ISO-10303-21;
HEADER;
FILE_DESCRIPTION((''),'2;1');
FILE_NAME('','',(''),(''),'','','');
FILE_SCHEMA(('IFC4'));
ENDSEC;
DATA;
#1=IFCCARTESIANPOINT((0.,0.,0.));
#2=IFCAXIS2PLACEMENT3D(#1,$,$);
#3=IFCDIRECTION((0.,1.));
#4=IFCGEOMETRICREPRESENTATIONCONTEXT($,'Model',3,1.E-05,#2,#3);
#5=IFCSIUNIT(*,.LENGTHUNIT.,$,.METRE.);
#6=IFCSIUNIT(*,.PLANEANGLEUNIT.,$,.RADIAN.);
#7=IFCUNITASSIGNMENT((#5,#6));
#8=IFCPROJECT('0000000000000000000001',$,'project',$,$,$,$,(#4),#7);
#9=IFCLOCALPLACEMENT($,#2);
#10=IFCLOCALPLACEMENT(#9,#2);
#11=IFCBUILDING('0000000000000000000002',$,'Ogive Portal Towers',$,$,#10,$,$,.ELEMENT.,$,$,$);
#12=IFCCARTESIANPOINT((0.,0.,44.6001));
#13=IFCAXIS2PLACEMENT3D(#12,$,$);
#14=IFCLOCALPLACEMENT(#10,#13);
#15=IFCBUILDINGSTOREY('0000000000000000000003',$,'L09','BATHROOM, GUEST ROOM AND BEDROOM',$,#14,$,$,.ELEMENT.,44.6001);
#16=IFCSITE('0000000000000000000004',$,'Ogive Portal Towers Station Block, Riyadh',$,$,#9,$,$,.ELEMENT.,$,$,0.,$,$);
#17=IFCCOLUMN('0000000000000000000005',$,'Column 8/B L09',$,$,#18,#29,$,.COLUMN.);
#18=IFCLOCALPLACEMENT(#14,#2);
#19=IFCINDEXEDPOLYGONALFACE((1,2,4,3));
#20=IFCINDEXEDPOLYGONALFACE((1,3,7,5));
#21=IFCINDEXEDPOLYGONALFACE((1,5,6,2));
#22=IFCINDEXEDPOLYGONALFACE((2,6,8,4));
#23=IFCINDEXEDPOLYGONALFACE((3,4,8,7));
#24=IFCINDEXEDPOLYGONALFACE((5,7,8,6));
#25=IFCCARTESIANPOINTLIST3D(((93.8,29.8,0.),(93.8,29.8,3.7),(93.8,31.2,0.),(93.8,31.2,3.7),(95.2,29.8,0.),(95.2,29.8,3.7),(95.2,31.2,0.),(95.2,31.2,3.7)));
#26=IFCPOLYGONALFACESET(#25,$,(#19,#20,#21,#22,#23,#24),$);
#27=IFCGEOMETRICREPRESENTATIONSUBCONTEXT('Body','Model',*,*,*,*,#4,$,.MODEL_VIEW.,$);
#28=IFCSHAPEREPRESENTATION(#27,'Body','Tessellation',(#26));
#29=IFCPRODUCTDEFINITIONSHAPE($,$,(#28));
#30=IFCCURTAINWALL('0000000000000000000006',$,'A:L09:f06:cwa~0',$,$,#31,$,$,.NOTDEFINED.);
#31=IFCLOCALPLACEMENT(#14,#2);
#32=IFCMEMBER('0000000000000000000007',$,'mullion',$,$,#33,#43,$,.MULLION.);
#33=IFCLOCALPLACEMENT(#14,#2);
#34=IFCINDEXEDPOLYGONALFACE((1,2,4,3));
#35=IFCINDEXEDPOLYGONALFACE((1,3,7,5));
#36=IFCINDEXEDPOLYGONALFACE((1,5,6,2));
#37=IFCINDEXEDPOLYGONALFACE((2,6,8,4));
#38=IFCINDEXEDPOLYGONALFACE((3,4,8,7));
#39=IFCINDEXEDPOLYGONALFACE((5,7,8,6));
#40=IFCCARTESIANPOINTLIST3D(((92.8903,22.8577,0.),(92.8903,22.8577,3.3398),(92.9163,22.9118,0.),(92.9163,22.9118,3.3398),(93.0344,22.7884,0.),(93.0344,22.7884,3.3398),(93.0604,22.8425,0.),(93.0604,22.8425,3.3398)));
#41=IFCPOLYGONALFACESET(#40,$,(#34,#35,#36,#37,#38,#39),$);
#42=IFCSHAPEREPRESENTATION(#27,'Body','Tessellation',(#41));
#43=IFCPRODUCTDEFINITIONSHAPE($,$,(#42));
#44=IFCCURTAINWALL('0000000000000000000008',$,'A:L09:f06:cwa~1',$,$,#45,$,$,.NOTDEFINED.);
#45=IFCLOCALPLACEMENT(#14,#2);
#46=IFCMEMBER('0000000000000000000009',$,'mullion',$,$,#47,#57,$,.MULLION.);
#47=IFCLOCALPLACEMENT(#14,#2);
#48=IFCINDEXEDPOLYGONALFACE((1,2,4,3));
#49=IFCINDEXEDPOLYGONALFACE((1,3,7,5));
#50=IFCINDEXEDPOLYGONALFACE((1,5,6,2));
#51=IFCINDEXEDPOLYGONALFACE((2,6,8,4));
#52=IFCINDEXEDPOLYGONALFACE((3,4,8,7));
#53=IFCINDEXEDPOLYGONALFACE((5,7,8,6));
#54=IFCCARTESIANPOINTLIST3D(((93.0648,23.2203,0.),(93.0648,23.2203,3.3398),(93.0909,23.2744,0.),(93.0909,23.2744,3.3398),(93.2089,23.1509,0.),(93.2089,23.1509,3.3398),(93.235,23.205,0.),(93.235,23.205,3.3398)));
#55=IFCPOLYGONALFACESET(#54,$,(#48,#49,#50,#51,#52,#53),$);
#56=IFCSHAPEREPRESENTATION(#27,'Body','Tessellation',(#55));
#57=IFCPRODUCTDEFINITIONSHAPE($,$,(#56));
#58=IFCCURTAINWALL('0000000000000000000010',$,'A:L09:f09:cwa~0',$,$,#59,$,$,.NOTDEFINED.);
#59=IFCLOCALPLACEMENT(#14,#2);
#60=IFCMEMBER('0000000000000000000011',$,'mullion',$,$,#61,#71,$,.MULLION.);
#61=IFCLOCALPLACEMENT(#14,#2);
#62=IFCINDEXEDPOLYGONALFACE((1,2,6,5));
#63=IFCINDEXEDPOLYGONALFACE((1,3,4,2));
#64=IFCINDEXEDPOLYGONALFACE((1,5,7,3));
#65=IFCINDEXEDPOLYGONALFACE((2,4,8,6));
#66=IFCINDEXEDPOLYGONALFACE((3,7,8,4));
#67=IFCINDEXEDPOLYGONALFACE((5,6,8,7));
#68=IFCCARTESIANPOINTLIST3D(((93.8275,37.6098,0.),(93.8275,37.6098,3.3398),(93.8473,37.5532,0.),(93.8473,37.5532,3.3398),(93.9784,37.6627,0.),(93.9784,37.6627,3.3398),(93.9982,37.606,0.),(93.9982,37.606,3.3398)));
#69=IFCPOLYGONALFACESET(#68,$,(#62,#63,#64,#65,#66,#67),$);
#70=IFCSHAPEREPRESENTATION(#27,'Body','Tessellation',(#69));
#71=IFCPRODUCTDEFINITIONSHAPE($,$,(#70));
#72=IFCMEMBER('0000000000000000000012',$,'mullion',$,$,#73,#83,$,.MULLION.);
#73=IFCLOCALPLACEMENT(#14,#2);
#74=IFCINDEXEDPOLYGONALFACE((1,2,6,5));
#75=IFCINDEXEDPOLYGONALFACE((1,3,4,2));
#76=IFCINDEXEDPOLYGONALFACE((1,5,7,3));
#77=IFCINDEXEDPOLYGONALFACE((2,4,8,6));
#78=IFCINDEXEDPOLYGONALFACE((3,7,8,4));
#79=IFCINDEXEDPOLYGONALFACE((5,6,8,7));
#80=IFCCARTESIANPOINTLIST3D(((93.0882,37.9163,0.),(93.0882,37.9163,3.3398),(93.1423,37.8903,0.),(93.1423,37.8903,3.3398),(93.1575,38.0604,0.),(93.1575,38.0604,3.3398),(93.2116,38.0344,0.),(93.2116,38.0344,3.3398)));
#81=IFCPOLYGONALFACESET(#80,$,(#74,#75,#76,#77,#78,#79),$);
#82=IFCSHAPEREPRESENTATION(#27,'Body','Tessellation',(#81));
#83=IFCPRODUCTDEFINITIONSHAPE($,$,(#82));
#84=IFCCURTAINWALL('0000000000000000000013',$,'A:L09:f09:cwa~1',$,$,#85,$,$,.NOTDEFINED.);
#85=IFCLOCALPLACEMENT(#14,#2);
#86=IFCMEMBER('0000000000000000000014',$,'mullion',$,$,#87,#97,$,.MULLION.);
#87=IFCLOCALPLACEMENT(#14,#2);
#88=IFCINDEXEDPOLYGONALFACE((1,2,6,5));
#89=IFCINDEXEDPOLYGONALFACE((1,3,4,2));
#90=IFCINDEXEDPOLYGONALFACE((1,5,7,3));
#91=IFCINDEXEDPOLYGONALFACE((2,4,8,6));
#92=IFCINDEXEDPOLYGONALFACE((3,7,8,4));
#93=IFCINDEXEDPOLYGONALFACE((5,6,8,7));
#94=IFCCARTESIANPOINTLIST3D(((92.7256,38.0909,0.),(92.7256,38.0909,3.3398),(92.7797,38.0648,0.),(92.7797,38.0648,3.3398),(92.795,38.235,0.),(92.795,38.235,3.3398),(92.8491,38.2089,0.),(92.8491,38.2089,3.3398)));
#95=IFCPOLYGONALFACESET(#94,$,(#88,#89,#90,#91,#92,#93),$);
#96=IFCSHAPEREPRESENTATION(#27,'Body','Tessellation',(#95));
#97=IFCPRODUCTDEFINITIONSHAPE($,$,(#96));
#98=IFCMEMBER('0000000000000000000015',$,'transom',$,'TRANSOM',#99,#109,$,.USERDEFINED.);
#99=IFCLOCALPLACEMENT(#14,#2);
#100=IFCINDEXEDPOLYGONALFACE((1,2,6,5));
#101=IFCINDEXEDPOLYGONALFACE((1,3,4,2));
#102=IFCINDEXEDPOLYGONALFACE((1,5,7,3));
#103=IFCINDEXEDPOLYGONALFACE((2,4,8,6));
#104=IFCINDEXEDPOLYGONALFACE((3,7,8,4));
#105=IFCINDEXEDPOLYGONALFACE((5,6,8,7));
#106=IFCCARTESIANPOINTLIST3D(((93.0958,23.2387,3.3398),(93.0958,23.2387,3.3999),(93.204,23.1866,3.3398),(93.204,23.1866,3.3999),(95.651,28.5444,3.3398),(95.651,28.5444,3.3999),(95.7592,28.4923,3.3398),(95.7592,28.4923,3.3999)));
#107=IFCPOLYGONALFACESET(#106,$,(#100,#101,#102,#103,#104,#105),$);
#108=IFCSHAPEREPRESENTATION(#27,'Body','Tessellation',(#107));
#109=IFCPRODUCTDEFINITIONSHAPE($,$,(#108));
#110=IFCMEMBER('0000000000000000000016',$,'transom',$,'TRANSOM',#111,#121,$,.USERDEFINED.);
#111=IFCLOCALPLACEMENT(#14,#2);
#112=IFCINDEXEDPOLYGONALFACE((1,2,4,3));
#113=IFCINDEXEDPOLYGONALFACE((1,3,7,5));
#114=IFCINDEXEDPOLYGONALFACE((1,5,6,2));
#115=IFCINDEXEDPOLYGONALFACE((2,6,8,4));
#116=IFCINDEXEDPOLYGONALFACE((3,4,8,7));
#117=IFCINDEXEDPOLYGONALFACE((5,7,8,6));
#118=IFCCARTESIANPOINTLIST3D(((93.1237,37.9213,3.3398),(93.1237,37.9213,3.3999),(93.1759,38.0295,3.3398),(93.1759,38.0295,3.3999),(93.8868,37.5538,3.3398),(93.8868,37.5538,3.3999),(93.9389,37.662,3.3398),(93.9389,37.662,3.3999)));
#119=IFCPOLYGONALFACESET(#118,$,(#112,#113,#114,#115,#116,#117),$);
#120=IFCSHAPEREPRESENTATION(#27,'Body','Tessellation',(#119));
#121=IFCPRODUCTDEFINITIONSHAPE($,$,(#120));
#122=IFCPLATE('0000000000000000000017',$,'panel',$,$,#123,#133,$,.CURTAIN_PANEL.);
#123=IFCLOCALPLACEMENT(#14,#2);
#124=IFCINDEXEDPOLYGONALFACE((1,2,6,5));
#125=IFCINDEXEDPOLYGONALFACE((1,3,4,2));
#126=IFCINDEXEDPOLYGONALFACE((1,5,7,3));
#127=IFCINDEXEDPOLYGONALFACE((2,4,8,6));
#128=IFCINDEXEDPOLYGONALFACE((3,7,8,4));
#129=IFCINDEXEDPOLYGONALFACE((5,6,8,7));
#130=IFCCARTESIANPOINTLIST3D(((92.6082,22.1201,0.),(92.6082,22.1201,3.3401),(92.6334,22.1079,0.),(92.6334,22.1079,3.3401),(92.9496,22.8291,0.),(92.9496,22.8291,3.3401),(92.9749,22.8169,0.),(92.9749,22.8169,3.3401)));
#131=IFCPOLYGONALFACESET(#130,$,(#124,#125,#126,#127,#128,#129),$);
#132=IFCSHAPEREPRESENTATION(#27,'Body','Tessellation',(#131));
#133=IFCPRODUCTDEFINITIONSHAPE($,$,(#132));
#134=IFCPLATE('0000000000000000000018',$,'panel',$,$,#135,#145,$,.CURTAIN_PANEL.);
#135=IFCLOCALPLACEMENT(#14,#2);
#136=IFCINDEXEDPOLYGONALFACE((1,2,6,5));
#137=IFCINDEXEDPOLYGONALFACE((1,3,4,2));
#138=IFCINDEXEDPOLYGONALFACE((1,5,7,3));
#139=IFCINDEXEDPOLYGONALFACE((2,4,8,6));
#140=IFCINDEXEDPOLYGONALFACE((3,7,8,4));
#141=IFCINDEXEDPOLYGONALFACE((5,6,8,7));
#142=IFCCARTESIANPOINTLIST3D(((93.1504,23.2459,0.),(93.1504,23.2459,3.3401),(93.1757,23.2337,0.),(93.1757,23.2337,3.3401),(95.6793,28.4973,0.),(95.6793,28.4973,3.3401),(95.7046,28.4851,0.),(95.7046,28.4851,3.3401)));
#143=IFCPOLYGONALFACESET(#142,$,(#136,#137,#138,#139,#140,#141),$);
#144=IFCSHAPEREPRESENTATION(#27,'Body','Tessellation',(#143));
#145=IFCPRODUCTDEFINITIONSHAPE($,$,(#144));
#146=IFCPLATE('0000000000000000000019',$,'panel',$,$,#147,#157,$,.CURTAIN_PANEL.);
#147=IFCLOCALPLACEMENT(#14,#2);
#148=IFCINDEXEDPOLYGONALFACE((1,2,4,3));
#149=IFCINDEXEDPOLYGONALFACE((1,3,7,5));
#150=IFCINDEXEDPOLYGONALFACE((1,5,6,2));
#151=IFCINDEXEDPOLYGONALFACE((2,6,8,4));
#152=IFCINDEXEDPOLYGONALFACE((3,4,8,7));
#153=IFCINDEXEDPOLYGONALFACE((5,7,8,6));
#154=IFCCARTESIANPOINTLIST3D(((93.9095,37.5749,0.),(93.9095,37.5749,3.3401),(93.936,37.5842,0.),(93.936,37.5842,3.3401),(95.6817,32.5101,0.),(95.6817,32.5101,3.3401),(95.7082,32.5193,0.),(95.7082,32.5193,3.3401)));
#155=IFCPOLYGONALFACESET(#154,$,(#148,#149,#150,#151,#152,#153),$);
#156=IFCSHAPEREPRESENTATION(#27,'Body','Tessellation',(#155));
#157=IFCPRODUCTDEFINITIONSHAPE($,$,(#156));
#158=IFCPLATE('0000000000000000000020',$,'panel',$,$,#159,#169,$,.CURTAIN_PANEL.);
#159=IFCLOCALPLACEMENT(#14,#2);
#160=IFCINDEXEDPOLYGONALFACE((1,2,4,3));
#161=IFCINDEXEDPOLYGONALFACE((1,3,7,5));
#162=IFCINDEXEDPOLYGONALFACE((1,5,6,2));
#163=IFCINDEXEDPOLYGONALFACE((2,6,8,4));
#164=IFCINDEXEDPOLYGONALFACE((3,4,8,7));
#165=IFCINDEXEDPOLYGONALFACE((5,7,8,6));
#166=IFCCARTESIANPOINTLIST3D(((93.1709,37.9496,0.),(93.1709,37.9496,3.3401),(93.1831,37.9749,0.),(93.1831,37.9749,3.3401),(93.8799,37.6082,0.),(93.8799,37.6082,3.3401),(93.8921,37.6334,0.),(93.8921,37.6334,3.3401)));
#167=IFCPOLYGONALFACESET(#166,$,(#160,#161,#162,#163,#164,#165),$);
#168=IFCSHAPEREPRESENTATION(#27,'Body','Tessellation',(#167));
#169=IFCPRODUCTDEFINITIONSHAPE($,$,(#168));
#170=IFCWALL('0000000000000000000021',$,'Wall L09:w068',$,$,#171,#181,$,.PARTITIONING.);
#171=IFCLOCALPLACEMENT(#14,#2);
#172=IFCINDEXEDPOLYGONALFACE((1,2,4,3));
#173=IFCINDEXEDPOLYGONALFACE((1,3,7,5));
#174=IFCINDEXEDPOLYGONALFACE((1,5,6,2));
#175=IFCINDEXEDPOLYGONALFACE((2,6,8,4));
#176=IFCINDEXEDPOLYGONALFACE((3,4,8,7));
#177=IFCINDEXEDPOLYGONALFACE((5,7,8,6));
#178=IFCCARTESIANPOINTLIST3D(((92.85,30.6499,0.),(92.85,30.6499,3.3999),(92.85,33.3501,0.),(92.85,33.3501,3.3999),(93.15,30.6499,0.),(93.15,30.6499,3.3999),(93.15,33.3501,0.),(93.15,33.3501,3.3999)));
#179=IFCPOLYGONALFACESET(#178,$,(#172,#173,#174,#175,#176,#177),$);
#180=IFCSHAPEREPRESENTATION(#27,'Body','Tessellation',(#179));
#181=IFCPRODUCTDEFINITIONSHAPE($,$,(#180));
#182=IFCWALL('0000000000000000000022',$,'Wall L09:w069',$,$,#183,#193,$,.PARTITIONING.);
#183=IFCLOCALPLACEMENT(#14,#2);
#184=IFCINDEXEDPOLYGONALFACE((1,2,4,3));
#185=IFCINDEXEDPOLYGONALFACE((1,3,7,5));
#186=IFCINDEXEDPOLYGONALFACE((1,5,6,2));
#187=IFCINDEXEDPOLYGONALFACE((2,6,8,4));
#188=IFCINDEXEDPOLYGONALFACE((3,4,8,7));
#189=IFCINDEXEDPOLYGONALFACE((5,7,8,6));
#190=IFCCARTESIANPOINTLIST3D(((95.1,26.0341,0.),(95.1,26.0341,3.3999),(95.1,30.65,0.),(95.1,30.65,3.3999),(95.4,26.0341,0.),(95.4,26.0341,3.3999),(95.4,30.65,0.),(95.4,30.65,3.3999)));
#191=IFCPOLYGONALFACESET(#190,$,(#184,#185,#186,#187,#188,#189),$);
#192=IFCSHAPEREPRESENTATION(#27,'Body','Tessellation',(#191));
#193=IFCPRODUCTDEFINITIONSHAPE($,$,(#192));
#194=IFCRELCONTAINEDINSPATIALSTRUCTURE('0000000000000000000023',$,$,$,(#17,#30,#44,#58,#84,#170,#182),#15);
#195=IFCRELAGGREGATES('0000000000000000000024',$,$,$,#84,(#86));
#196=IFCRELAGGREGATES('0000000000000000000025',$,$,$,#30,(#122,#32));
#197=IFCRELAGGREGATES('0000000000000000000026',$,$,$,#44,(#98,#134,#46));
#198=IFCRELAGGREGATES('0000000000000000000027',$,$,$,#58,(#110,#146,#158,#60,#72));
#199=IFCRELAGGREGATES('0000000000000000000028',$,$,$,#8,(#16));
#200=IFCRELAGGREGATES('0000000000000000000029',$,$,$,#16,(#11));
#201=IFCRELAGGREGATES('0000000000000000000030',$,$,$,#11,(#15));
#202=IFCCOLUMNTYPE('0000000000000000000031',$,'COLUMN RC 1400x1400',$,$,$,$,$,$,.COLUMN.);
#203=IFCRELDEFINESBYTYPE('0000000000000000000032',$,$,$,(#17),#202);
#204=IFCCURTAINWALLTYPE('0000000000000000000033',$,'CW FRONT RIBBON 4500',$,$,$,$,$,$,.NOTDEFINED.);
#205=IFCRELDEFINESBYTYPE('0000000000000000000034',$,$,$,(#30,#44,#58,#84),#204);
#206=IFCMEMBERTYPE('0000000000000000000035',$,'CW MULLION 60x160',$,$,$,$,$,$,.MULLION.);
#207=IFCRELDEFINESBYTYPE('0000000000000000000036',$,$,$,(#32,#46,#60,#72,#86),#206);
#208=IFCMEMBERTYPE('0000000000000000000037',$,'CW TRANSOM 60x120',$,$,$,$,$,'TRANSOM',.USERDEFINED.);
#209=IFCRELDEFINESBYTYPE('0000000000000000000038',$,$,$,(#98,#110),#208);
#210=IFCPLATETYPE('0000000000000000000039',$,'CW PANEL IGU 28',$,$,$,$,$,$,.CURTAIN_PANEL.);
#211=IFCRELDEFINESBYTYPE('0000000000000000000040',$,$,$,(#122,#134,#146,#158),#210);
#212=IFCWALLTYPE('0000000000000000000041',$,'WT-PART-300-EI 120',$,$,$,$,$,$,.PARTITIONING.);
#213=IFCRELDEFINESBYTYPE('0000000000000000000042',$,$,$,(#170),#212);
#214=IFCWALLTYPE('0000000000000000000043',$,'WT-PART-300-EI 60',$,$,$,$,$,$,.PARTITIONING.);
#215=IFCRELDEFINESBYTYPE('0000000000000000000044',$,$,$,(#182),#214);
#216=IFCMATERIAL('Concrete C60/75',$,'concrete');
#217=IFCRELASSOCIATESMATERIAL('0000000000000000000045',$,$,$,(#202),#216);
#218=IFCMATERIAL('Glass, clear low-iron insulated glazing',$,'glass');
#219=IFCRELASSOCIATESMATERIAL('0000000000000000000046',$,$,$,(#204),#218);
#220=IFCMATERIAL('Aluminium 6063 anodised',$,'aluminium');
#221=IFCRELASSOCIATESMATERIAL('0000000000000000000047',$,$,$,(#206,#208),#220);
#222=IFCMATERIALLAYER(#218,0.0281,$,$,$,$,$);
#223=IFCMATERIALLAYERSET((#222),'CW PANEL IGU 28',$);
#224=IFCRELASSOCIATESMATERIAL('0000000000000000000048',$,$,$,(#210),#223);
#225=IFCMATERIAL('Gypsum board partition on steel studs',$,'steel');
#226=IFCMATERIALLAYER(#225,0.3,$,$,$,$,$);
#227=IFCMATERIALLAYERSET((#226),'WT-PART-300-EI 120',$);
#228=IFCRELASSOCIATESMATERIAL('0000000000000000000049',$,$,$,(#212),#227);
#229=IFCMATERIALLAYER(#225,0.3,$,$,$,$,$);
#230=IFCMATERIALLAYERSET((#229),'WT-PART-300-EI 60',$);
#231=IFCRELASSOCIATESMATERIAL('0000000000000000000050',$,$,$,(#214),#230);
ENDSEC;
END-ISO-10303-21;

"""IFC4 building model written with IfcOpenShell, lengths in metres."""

from ifc_helpers import new_model, si_unit, direction, frame, frame_2d, origin, origin_2d, place, context, subcontext, project, spatial, rectangle, extrude, material, layer, layer_set, material_profile, profile_set, type_object, element, aggregate, save


model = new_model("IFC4")

# Units and contexts
model_context = context("Model", 3, precision=1e-05, world=origin(), true_north=direction((0.0, 1.0)))
body_context = subcontext(model_context, "Body", "Model", "MODEL_VIEW")
ifc_project = project(units=[si_unit("LENGTHUNIT", "METRE"), si_unit("PLANEANGLEUNIT", "RADIAN")], contexts=[model_context])

# Site, building, storey
site_placement = place(None, origin())
site = spatial("IfcSite", under=ifc_project, at=site_placement, Name="Ogive Portal Towers Station Block, Riyadh", CompositionType="ELEMENT", RefElevation=0.0)
building_placement = place(site_placement, origin())
building = spatial("IfcBuilding", under=site, at=building_placement, Name="Ogive Portal Towers", CompositionType="ELEMENT")
storey_placement = place(building_placement, frame((0.0, 0.0, 44.6001)))
storey = spatial("IfcBuildingStorey", under=building, at=storey_placement, Name="L09", Description="BATHROOM, GUEST ROOM AND BEDROOM", CompositionType="ELEMENT", Elevation=44.6001)

# Column
ifc_material_1 = material(Name="Concrete C60/75", Category="concrete")
ifc_material_profile_1 = material_profile(ifc_material_1, rectangle(XDim=1.3999, YDim=1.3999, at=origin_2d()), Name="RC 1400x1400")
ifc_profile_set_1 = profile_set([ifc_material_profile_1], Name="Concrete C60/75")
column_type = type_object("IfcColumnType", Name="COLUMN RC 1400x1400", PredefinedType="COLUMN", material=ifc_profile_set_1)
column_placement = place(storey_placement, frame((94.5, 30.5, 0.0), z_axis=(0.0, 0.0, 1.0), x_axis=(1.0, 0.0, 0.0)))
element("IfcColumn", 1, at=column_placement, inside=storey, type_object=column_type, Name="Column 8/B L09", PredefinedType="COLUMN", context=body_context, shape_type="SweptSolid", body=[
    extrude(rectangle(XDim=1.3999, YDim=1.3999, at=origin_2d()), origin(), (0.0, 0.0, 1.0), 3.7),
])

# Curtain walls, members
ifc_material_2 = material(Name="Glass, clear low-iron insulated glazing", Category="glass")
curtain_wall_type = type_object("IfcCurtainWallType", Name="CW FRONT RIBBON 4500", PredefinedType="NOTDEFINED", material=ifc_material_2)
curtain_wall_1_placement = place(storey_placement, origin())
curtain_wall_1 = element("IfcCurtainWall", 2, at=curtain_wall_1_placement, inside=storey, type_object=curtain_wall_type, Name="A:L09:f06:cwa~0", PredefinedType="NOTDEFINED")
ifc_material_3 = material(Name="Aluminium 6063 anodised", Category="aluminium")
ifc_material_profile_2 = material_profile(ifc_material_3, rectangle(XDim=0.1599, YDim=0.0601, at=origin_2d()), Name="AL 60x160")
ifc_profile_set_2 = profile_set([ifc_material_profile_2], Name="Aluminium 6063 anodised")
member_type_1 = type_object("IfcMemberType", Name="CW MULLION 60x160", PredefinedType="MULLION", material=ifc_profile_set_2)
member_1_placement = place(storey_placement, frame((92.9753, 22.8501, 0.0), z_axis=(0.0, 0.0, 1.0), x_axis=(-0.900969, 0.433884, 0.0)))
member_1 = element("IfcMember", 3, at=member_1_placement, type_object=member_type_1, Name="mullion", PredefinedType="MULLION", context=body_context, shape_type="SweptSolid", body=[
    extrude(rectangle(XDim=0.1599, YDim=0.0601, at=origin_2d()), origin(), (0.0, 0.0, 1.0), 3.3398),
])
curtain_wall_2_placement = place(storey_placement, origin())
curtain_wall_2 = element("IfcCurtainWall", 4, at=curtain_wall_2_placement, inside=storey, type_object=curtain_wall_type, Name="A:L09:f06:cwa~1", PredefinedType="NOTDEFINED")
member_2_placement = place(storey_placement, frame((93.1499, 23.2126, 0.0), z_axis=(0.0, 0.0, 1.0), x_axis=(-0.900969, 0.433884, 0.0)))
member_2 = element("IfcMember", 5, at=member_2_placement, type_object=member_type_1, Name="mullion", PredefinedType="MULLION", context=body_context, shape_type="SweptSolid", body=[
    extrude(rectangle(XDim=0.1599, YDim=0.0601, at=origin_2d()), origin(), (0.0, 0.0, 1.0), 3.3398),
])

# Curtain wall, members
curtain_wall_3_placement = place(storey_placement, origin())
curtain_wall_3 = element("IfcCurtainWall", 6, at=curtain_wall_3_placement, inside=storey, type_object=curtain_wall_type, Name="A:L09:f09:cwa~0", PredefinedType="NOTDEFINED")
member_3_placement = place(storey_placement, frame((93.9128, 37.6079, 0.0), z_axis=(0.0, 0.0, 1.0), x_axis=(-0.943883, -0.330279, 0.0)))
member_3 = element("IfcMember", 7, at=member_3_placement, type_object=member_type_1, Name="mullion", PredefinedType="MULLION", context=body_context, shape_type="SweptSolid", body=[
    extrude(rectangle(XDim=0.1599, YDim=0.0601, at=origin_2d()), origin(), (0.0, 0.0, 1.0), 3.3398),
])
member_4_placement = place(storey_placement, frame((93.1499, 37.9753, 0.0), z_axis=(0.0, 0.0, 1.0), x_axis=(-0.433884, -0.900969, 0.0)))
member_4 = element("IfcMember", 8, at=member_4_placement, type_object=member_type_1, Name="mullion", PredefinedType="MULLION", context=body_context, shape_type="SweptSolid", body=[
    extrude(rectangle(XDim=0.1599, YDim=0.0601, at=origin_2d()), origin(), (0.0, 0.0, 1.0), 3.3398),
])

# Curtain wall, member
curtain_wall_4_placement = place(storey_placement, origin())
curtain_wall_4 = element("IfcCurtainWall", 9, at=curtain_wall_4_placement, inside=storey, type_object=curtain_wall_type, Name="A:L09:f09:cwa~1", PredefinedType="NOTDEFINED")
member_5_placement = place(storey_placement, frame((92.7874, 38.1499, 0.0), z_axis=(0.0, 0.0, 1.0), x_axis=(-0.433884, -0.900969, 0.0)))
member_5 = element("IfcMember", 10, at=member_5_placement, type_object=member_type_1, Name="mullion", PredefinedType="MULLION", context=body_context, shape_type="SweptSolid", body=[
    extrude(rectangle(XDim=0.1599, YDim=0.0601, at=origin_2d()), origin(), (0.0, 0.0, 1.0), 3.3398),
])
aggregate(curtain_wall_4, [member_5])

# Members
ifc_material_profile_3 = material_profile(ifc_material_3, rectangle(XDim=0.1201, YDim=0.0601, at=origin_2d()), Name="AL 120x60")
ifc_profile_set_3 = profile_set([ifc_material_profile_3], Name="Aluminium 6063 anodised")
member_type_2 = type_object("IfcMemberType", Name="CW TRANSOM 60x120", ElementType="TRANSOM", PredefinedType="USERDEFINED", material=ifc_profile_set_3)
member_6_placement = place(storey_placement, frame((93.1499, 23.2126, 3.3699), z_axis=(0.433898, 0.900962, 0.0), x_axis=(-0.900962, 0.433898, 0.0)))
member_6 = element("IfcMember", 11, at=member_6_placement, type_object=member_type_2, Name="transom", ObjectType="TRANSOM", PredefinedType="USERDEFINED", context=body_context, shape_type="SweptSolid", body=[
    extrude(rectangle(XDim=0.1201, YDim=0.0601, at=origin_2d()), origin(), (0.0, 0.0, 1.0), 5.8889),
])
member_7_placement = place(storey_placement, frame((93.9128, 37.6079, 3.3699), z_axis=(-0.90096, 0.433902, 0.0), x_axis=(-0.433902, -0.90096, 0.0)))
member_7 = element("IfcMember", 12, at=member_7_placement, type_object=member_type_2, Name="transom", ObjectType="TRANSOM", PredefinedType="USERDEFINED", context=body_context, shape_type="SweptSolid", body=[
    extrude(rectangle(XDim=0.1201, YDim=0.0601, at=origin_2d()), origin(), (0.0, 0.0, 1.0), 0.8469),
])

# Plates
ifc_layer_1 = layer(ifc_material_2, 0.0281)
ifc_layer_set_1 = layer_set([ifc_layer_1], Name="CW PANEL IGU 28")
plate_type = type_object("IfcPlateType", Name="CW PANEL IGU 28", PredefinedType="CURTAIN_PANEL", material=ifc_layer_set_1)
plate_1_placement = place(storey_placement, frame((92.7915, 22.4685, 0.0), z_axis=(0.0, 0.0, 1.0), x_axis=(0.433884, 0.900969, 0.0)))
plate_1 = element("IfcPlate", 13, at=plate_1_placement, type_object=plate_type, Name="panel", PredefinedType="CURTAIN_PANEL", context=body_context, shape_type="SweptSolid", body=[
    extrude(rectangle(XDim=0.7869, YDim=0.0281, at=origin_2d()), origin(), (0.0, 0.0, 1.0), 3.3401),
])
aggregate(curtain_wall_1, [plate_1, member_1])
plate_2_placement = place(storey_placement, frame((94.4275, 25.8655, 0.0), z_axis=(0.0, 0.0, 1.0), x_axis=(0.433884, 0.900969, 0.0)))
plate_2 = element("IfcPlate", 14, at=plate_2_placement, type_object=plate_type, Name="panel", PredefinedType="CURTAIN_PANEL", context=body_context, shape_type="SweptSolid", body=[
    extrude(rectangle(XDim=5.8286, YDim=0.0281, at=origin_2d()), origin(), (0.0, 0.0, 1.0), 3.3401),
])
aggregate(curtain_wall_2, [member_6, plate_2, member_2])
plate_3_placement = place(storey_placement, frame((94.8088, 35.0471, 0.0), z_axis=(0.0, 0.0, 1.0), x_axis=(-0.330279, 0.943883, 0.0)))
plate_3 = element("IfcPlate", 15, at=plate_3_placement, type_object=plate_type, Name="panel", PredefinedType="CURTAIN_PANEL", context=body_context, shape_type="SweptSolid", body=[
    extrude(rectangle(XDim=5.366, YDim=0.0281, at=origin_2d()), origin(), (0.0, 0.0, 1.0), 3.3401),
])
plate_4_placement = place(storey_placement, frame((93.5315, 37.7915, 0.0), z_axis=(0.0, 0.0, 1.0), x_axis=(-0.900969, 0.433884, 0.0)))
plate_4 = element("IfcPlate", 16, at=plate_4_placement, type_object=plate_type, Name="panel", PredefinedType="CURTAIN_PANEL", context=body_context, shape_type="SweptSolid", body=[
    extrude(rectangle(XDim=0.7869, YDim=0.0281, at=origin_2d()), origin(), (0.0, 0.0, 1.0), 3.3401),
])
aggregate(curtain_wall_3, [member_7, plate_3, plate_4, member_3, member_4])

# Walls
ifc_material_4 = material(Name="Gypsum board partition on steel studs", Category="steel")
ifc_layer_2 = layer(ifc_material_4, 0.3)
ifc_layer_set_2 = layer_set([ifc_layer_2], Name="WT-PART-300-EI 120")
wall_type_1 = type_object("IfcWallType", Name="WT-PART-300-EI 120", PredefinedType="PARTITIONING", material=ifc_layer_set_2)
wall_1_placement = place(storey_placement, frame((93.0, 30.6499, 0.0), z_axis=(0.0, 0.0, 1.0), x_axis=(0.0, 1.0, 0.0)))
element("IfcWall", 17, at=wall_1_placement, inside=storey, type_object=wall_type_1, Name="Wall L09:w068", PredefinedType="PARTITIONING", context=body_context, shape_type="SweptSolid", body=[
    extrude(rectangle(XDim=2.7002, YDim=0.3, at=frame_2d((1.3501, 0.0))), origin(), (0.0, 0.0, 1.0), 3.3999),
])
ifc_layer_3 = layer(ifc_material_4, 0.3)
ifc_layer_set_3 = layer_set([ifc_layer_3], Name="WT-PART-300-EI 60")
wall_type_2 = type_object("IfcWallType", Name="WT-PART-300-EI 60", PredefinedType="PARTITIONING", material=ifc_layer_set_3)
wall_2_placement = place(storey_placement, frame((95.25, 26.0339, 0.0), z_axis=(0.0, 0.0, 1.0), x_axis=(0.0, 1.0, 0.0)))
element("IfcWall", 18, at=wall_2_placement, inside=storey, type_object=wall_type_2, Name="Wall L09:w069", PredefinedType="PARTITIONING", context=body_context, shape_type="SweptSolid", body=[
    extrude(rectangle(XDim=4.616, YDim=0.3, at=frame_2d((2.3081, 0.0))), origin(), (0.0, 0.0, 1.0), 3.3999),
])

save(model, "model.ifc")
